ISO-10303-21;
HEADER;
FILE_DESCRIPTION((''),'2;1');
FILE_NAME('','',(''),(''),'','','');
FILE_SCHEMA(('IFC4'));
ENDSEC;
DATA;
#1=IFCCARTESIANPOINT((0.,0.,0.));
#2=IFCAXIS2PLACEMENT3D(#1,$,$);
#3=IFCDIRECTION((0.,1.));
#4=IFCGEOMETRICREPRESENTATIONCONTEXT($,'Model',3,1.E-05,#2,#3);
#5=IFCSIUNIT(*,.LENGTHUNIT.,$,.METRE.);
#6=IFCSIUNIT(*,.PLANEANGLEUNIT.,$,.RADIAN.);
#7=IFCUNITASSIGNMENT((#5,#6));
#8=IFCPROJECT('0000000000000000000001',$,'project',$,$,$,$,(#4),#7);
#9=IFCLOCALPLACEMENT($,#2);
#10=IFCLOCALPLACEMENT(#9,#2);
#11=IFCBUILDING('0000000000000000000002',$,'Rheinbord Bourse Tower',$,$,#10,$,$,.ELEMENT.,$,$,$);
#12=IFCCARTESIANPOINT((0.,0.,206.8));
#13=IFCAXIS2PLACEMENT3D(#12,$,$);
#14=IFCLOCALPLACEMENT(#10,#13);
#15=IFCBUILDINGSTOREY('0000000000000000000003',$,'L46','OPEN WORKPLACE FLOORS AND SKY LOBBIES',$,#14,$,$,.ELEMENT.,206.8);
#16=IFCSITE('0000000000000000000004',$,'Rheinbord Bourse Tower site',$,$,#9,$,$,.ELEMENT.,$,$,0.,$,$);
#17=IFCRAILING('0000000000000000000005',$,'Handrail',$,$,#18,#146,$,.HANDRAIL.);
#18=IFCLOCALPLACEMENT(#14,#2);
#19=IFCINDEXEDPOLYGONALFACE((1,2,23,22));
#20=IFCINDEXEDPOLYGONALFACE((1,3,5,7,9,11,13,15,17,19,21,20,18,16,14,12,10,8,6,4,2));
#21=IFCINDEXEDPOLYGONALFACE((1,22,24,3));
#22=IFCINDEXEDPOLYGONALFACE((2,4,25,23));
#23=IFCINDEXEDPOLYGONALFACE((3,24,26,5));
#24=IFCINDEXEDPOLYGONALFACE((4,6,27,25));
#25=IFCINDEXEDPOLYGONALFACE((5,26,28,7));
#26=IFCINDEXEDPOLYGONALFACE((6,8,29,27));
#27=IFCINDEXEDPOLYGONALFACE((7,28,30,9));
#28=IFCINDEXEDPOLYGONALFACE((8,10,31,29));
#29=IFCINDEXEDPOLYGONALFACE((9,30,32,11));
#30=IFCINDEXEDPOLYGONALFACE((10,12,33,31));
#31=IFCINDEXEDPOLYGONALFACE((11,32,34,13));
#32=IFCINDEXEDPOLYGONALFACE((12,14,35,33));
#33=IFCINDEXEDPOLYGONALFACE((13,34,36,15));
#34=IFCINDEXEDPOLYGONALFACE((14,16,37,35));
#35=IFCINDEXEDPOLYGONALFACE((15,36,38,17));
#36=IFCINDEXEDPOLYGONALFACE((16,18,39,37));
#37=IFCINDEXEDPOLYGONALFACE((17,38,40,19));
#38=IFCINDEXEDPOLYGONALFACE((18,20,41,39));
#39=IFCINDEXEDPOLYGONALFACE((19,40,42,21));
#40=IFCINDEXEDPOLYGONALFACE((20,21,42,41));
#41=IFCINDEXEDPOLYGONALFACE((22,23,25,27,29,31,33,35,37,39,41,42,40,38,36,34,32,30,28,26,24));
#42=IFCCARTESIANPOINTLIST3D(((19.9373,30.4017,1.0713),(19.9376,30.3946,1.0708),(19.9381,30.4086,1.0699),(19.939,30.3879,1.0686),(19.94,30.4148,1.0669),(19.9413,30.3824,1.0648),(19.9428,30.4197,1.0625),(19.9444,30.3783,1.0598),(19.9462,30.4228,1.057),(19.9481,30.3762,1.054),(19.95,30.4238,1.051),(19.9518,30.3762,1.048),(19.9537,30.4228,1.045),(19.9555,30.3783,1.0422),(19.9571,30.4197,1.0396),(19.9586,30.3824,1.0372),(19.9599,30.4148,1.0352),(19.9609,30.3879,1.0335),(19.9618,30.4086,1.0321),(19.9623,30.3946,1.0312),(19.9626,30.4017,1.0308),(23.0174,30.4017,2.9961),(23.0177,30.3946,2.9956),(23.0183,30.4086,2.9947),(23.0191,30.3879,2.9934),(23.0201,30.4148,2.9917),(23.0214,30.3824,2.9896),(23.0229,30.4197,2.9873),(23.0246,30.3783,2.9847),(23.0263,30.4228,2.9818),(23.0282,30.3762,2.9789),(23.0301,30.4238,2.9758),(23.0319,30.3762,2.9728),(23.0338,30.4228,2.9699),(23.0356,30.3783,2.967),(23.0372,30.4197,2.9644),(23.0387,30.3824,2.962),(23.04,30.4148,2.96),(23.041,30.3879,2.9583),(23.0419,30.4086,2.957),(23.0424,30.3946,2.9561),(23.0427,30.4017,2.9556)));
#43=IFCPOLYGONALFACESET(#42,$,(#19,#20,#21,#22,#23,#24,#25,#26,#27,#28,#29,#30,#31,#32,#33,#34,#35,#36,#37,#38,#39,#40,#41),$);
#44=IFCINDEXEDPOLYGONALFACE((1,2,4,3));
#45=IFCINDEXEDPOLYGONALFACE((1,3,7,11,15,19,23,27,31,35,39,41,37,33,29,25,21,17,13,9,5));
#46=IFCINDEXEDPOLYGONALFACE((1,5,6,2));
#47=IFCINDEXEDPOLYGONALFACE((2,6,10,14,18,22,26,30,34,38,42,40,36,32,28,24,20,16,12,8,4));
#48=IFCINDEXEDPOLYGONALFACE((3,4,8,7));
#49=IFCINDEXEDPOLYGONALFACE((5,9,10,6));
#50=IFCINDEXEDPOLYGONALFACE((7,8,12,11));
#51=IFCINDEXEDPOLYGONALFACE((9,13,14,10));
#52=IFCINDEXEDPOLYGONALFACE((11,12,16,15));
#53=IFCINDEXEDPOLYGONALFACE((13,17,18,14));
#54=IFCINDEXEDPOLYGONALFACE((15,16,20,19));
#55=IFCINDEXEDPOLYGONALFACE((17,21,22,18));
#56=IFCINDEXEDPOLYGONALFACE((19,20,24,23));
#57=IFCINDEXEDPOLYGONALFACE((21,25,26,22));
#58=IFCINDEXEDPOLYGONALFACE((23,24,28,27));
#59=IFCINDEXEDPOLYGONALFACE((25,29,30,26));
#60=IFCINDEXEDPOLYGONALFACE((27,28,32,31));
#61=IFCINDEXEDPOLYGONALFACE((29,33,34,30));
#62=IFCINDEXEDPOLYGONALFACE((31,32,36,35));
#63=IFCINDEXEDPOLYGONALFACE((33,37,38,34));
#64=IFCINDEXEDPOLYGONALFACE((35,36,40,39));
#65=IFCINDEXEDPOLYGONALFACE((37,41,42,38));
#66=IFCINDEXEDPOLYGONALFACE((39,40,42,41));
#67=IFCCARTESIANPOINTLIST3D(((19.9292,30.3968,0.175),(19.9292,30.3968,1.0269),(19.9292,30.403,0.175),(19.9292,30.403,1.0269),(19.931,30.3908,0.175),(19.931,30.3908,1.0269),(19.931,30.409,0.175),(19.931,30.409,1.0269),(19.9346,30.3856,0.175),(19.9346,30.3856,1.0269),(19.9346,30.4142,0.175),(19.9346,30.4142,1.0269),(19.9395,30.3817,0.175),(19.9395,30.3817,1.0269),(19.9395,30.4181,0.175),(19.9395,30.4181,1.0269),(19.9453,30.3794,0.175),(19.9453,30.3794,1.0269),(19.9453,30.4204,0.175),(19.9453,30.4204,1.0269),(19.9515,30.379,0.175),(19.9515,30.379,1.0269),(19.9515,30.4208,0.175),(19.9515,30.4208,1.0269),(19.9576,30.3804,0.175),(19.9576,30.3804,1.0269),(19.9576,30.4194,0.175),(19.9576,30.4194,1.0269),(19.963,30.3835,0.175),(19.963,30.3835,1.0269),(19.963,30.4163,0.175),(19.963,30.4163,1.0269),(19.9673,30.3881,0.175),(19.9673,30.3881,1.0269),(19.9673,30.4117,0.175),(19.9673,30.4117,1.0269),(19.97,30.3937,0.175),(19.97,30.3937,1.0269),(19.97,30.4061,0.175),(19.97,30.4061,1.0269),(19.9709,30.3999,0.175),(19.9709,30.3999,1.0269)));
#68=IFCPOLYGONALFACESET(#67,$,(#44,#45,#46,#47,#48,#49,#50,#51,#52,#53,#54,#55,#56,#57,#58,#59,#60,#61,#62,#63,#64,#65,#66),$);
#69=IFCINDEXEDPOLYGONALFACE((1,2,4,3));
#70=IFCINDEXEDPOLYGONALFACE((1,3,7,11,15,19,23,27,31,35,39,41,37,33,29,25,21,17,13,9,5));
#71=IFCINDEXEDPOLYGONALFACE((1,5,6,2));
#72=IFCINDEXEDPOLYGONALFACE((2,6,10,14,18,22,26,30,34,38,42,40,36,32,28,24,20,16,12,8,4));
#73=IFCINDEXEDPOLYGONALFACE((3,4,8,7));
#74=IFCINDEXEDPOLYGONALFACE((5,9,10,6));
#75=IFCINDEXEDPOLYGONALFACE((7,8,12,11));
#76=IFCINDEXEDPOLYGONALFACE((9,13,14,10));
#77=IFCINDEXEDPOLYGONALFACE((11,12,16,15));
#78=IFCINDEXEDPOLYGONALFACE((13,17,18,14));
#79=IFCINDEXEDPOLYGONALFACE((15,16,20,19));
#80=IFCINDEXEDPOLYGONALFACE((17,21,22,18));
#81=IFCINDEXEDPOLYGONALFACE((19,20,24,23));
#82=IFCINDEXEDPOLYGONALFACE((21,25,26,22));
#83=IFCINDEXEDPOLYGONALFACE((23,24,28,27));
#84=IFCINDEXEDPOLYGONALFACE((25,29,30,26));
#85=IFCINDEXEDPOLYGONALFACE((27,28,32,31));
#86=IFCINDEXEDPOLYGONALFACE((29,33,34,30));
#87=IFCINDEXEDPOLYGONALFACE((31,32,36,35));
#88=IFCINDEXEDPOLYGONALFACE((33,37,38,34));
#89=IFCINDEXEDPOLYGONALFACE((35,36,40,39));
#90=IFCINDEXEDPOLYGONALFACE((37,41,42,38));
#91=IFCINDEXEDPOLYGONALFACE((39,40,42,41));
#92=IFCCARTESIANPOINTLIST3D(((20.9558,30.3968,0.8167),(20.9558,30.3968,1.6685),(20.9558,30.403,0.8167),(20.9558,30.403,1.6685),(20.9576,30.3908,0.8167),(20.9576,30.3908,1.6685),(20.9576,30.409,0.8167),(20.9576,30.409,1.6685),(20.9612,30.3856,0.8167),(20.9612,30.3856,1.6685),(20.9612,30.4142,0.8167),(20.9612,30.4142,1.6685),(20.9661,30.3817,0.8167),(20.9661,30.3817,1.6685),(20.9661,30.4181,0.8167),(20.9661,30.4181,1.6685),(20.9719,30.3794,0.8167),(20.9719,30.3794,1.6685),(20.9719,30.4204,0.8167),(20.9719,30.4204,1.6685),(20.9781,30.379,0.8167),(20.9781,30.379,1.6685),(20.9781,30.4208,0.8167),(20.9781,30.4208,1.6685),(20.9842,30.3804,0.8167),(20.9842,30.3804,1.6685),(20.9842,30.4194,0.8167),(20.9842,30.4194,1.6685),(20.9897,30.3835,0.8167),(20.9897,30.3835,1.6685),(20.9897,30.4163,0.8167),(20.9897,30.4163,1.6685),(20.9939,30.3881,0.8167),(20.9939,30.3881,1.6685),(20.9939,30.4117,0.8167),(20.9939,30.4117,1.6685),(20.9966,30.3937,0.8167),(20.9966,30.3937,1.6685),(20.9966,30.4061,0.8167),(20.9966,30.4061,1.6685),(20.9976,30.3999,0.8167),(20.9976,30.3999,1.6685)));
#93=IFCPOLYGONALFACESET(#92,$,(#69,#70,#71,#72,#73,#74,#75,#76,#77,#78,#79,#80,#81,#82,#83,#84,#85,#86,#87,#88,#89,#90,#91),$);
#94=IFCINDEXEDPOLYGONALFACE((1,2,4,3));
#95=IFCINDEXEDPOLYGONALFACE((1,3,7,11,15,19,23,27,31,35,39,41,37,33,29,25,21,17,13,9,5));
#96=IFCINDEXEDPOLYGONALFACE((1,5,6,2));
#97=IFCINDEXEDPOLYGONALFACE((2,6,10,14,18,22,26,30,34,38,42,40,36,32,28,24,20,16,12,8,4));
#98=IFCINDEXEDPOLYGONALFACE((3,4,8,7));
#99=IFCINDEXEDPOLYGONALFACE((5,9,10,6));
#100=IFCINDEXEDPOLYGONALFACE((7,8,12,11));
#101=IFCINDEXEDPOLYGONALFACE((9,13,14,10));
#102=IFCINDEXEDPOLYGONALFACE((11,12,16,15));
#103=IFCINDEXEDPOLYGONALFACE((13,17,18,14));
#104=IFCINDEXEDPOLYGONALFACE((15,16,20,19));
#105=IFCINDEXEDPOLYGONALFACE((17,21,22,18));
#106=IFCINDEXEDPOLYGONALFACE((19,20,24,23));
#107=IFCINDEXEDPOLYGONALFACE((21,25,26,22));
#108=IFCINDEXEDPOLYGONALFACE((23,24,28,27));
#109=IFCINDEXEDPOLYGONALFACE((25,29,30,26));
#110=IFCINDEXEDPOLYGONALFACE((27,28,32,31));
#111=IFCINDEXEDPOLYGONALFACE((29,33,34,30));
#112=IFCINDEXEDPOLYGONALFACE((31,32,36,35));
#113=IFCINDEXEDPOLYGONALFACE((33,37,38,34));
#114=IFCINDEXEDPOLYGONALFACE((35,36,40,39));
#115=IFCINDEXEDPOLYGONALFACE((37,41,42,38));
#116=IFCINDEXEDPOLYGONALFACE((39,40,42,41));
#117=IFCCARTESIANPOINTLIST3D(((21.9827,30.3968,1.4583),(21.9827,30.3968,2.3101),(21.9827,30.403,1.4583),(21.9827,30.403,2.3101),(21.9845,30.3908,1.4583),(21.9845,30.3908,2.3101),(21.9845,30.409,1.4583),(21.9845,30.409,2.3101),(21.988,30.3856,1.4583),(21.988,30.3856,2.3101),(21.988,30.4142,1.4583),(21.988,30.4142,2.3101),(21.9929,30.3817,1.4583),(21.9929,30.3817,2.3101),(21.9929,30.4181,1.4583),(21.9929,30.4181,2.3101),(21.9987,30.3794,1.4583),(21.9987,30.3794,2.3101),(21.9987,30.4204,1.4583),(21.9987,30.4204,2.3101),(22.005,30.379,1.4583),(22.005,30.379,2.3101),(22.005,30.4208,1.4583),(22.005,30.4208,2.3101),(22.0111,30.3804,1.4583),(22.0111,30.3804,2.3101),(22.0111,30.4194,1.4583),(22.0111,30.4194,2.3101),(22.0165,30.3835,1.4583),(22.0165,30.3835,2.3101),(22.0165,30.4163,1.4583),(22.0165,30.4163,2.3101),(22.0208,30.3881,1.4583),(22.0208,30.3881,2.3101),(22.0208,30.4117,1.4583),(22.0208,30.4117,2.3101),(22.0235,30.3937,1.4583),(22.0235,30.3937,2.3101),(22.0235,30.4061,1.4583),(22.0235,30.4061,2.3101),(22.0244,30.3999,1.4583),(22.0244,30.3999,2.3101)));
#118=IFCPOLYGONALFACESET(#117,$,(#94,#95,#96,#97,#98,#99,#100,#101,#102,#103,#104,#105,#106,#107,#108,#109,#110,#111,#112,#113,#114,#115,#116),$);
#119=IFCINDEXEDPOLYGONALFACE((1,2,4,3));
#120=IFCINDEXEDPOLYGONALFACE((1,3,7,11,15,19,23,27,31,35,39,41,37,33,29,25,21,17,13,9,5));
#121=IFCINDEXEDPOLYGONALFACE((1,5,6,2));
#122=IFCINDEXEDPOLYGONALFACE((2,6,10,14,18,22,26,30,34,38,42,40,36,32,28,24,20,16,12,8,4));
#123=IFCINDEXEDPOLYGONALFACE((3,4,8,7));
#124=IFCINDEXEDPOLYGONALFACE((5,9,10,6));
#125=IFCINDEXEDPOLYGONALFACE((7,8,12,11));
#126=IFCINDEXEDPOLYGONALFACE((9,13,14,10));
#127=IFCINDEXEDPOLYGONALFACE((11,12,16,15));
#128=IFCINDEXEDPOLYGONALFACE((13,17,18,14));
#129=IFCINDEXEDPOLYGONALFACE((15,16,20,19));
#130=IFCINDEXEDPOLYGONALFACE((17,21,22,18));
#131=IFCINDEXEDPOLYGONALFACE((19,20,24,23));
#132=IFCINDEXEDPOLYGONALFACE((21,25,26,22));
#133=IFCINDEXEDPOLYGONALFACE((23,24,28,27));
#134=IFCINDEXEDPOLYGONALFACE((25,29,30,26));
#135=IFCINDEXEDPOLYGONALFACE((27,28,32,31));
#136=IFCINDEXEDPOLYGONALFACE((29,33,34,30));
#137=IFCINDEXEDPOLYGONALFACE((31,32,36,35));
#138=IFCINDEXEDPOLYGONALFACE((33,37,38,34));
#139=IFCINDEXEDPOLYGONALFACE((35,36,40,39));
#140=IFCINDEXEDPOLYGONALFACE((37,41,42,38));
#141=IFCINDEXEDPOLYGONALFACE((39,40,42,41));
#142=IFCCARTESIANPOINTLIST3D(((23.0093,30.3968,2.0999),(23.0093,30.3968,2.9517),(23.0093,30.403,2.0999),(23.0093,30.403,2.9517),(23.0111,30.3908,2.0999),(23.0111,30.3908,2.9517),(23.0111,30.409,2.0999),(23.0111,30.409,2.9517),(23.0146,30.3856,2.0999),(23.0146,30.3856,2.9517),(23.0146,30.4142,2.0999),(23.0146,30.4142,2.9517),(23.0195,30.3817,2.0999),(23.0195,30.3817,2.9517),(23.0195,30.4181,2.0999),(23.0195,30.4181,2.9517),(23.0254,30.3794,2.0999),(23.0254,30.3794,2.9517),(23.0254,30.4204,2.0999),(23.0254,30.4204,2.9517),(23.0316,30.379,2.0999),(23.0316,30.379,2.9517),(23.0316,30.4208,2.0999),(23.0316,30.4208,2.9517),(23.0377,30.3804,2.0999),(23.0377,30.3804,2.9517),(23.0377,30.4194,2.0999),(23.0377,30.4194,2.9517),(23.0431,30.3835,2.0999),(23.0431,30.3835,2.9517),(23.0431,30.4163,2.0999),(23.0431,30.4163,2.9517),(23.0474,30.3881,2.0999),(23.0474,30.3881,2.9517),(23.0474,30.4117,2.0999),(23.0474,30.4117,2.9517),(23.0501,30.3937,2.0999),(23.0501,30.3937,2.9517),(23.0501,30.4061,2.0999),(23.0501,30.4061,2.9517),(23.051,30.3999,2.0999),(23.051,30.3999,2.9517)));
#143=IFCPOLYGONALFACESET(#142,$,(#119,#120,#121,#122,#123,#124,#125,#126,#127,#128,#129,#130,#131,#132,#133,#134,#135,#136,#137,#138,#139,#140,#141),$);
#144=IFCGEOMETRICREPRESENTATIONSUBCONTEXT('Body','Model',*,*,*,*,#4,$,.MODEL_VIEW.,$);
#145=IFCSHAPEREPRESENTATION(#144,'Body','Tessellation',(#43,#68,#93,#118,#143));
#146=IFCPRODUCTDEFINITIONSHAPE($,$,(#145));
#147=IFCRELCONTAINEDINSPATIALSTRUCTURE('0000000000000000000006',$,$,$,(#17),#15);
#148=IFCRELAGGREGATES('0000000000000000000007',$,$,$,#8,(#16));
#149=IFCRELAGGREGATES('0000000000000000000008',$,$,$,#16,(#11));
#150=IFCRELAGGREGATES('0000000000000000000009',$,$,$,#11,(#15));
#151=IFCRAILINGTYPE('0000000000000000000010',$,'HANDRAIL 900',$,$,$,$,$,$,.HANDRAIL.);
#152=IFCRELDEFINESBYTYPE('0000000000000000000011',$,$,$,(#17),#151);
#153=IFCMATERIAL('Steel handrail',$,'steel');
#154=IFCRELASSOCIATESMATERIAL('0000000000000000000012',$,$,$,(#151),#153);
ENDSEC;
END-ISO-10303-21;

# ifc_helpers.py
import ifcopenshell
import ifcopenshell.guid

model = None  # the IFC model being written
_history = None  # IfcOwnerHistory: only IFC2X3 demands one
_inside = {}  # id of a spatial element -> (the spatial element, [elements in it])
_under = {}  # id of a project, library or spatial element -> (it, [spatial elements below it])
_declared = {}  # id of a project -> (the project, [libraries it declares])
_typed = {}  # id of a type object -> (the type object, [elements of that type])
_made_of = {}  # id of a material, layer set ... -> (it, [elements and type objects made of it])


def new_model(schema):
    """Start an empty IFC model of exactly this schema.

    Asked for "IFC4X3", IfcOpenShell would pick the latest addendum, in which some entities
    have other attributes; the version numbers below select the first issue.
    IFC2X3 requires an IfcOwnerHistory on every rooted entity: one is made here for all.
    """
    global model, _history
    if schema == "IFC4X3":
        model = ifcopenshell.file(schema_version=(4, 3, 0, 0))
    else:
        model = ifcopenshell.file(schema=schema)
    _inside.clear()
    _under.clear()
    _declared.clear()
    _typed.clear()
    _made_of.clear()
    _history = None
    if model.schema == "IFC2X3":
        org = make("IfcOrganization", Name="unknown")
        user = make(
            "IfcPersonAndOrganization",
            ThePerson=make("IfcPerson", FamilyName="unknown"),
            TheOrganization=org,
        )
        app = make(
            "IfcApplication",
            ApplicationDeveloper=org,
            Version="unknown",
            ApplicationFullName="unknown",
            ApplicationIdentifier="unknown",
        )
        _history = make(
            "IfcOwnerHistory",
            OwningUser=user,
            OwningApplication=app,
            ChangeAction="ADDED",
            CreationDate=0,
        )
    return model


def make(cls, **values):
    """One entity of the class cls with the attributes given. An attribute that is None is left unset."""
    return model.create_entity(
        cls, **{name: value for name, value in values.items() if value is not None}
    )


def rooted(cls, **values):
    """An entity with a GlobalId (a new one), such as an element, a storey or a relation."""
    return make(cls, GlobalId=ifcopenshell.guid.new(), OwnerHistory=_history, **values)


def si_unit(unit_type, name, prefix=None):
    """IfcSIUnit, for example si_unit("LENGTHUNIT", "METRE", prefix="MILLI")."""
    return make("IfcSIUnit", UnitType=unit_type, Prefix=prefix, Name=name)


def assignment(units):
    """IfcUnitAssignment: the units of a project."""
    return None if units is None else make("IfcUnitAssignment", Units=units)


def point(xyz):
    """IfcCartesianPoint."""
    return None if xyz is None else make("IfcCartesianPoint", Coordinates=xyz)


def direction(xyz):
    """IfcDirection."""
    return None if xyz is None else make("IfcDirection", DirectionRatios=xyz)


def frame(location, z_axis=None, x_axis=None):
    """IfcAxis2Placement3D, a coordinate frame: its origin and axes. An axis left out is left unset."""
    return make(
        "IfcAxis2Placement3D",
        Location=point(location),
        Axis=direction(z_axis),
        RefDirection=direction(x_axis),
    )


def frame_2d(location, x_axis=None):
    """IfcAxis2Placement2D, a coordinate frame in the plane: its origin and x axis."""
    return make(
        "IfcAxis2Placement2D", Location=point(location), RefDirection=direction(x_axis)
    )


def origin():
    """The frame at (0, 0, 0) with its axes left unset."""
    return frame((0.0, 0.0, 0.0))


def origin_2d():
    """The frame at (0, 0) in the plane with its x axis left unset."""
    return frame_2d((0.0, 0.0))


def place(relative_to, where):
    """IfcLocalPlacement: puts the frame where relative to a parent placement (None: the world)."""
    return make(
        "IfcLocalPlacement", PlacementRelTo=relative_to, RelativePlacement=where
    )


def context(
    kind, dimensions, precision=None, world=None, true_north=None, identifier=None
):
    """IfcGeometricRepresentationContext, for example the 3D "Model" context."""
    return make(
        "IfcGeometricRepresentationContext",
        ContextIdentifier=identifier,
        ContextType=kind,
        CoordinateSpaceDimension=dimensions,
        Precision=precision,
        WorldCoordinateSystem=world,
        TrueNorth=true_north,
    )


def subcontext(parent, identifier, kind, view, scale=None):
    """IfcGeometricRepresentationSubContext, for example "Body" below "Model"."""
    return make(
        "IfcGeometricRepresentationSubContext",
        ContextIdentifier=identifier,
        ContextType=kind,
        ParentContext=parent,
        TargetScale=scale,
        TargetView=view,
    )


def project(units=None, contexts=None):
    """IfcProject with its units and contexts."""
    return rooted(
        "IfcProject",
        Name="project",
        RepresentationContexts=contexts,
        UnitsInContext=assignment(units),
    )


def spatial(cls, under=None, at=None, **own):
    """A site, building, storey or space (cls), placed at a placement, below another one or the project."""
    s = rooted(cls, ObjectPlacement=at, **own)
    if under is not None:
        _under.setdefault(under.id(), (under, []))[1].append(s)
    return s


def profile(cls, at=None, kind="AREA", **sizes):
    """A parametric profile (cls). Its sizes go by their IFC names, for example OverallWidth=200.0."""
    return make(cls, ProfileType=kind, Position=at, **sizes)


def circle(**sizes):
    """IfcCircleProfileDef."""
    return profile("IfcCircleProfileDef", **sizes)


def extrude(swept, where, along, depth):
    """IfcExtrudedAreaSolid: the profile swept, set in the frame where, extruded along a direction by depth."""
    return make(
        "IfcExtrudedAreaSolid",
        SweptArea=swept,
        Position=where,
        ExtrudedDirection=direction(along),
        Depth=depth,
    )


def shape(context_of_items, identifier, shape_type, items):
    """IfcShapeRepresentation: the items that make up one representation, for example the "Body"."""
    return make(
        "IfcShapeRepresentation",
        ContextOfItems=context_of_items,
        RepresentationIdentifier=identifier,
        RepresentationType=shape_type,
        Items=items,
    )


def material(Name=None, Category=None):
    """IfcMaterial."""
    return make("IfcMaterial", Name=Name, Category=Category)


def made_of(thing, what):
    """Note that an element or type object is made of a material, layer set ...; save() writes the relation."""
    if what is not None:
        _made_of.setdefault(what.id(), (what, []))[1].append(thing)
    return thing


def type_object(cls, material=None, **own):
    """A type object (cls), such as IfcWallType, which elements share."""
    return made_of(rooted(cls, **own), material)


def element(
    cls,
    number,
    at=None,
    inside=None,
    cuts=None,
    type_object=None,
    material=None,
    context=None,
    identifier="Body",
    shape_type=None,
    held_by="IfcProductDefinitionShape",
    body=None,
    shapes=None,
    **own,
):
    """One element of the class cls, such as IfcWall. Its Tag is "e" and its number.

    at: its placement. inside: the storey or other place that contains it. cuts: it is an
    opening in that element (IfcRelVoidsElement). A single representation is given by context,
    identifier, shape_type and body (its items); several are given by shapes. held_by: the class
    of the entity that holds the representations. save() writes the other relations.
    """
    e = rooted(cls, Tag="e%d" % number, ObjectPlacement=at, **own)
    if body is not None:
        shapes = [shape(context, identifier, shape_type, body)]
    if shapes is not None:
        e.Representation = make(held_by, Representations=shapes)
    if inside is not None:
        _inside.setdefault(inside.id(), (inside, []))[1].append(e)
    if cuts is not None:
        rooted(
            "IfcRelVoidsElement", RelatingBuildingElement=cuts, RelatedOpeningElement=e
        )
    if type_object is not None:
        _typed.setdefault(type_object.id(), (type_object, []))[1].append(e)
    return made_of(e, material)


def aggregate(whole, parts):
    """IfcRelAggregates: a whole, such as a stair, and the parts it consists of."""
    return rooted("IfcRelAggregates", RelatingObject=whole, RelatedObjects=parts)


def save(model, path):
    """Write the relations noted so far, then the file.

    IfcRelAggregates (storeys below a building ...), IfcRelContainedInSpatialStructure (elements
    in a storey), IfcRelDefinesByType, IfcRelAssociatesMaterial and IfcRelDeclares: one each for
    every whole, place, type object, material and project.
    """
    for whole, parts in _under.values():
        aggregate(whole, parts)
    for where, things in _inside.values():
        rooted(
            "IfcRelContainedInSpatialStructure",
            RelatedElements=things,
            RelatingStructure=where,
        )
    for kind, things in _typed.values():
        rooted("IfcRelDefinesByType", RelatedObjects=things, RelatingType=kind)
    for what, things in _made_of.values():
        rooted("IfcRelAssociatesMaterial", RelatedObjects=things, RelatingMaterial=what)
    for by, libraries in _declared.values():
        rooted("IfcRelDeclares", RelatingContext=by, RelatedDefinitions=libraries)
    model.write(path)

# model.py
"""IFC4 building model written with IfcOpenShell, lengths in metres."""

from ifc_helpers import new_model, si_unit, direction, frame, origin, origin_2d, place, context, subcontext, project, spatial, circle, extrude, material, type_object, element, save


model = new_model("IFC4")

# Units and contexts
model_context = context("Model", 3, precision=1e-05, world=origin(), true_north=direction((0.0, 1.0)))
body_context = subcontext(model_context, "Body", "Model", "MODEL_VIEW")
ifc_project = project(units=[si_unit("LENGTHUNIT", "METRE"), si_unit("PLANEANGLEUNIT", "RADIAN")], contexts=[model_context])

# Site, building, storey
site_placement = place(None, origin())
site = spatial("IfcSite", under=ifc_project, at=site_placement, Name="Rheinbord Bourse Tower site", CompositionType="ELEMENT", RefElevation=0.0)
building_placement = place(site_placement, origin())
building = spatial("IfcBuilding", under=site, at=building_placement, Name="Rheinbord Bourse Tower", CompositionType="ELEMENT")
storey_placement = place(building_placement, frame((0.0, 0.0, 206.8)))
storey = spatial("IfcBuildingStorey", under=building, at=storey_placement, Name="L46", Description="OPEN WORKPLACE FLOORS AND SKY LOBBIES", CompositionType="ELEMENT", Elevation=206.8)

# Railing
ifc_material_1 = material(Name="Steel handrail", Category="steel")
railing_type = type_object("IfcRailingType", Name="HANDRAIL 900", PredefinedType="HANDRAIL", material=ifc_material_1)
railing_1_placement = place(storey_placement, frame((19.95, 30.3999, 0.175)))
element("IfcRailing", 1, at=railing_1_placement, inside=storey, type_object=railing_type, Name="Handrail", PredefinedType="HANDRAIL", context=body_context, shape_type="SweptSolid", body=[
    extrude(circle(Radius=0.0239, at=origin_2d()), frame((0.0, 0.0, 0.876), z_axis=(0.848029, 0.0, 0.529951), x_axis=(0.0, 1.0, 0.0)), (0.0, 0.0, 1.0), 3.6321),
    extrude(circle(Radius=0.021, at=origin_2d()), origin(), (0.0, 0.0, 1.0), 0.8518),
    extrude(circle(Radius=0.021, at=origin_2d()), frame((1.0266, 0.0, 0.6416)), (0.0, 0.0, 1.0), 0.8518),
    extrude(circle(Radius=0.021, at=origin_2d()), frame((2.0535, 0.0, 1.2832)), (0.0, 0.0, 1.0), 0.8518),
    extrude(circle(Radius=0.021, at=origin_2d()), frame((3.0801, 0.0, 1.9248)), (0.0, 0.0, 1.0), 0.8518),
])

save(model, "model.ifc")
